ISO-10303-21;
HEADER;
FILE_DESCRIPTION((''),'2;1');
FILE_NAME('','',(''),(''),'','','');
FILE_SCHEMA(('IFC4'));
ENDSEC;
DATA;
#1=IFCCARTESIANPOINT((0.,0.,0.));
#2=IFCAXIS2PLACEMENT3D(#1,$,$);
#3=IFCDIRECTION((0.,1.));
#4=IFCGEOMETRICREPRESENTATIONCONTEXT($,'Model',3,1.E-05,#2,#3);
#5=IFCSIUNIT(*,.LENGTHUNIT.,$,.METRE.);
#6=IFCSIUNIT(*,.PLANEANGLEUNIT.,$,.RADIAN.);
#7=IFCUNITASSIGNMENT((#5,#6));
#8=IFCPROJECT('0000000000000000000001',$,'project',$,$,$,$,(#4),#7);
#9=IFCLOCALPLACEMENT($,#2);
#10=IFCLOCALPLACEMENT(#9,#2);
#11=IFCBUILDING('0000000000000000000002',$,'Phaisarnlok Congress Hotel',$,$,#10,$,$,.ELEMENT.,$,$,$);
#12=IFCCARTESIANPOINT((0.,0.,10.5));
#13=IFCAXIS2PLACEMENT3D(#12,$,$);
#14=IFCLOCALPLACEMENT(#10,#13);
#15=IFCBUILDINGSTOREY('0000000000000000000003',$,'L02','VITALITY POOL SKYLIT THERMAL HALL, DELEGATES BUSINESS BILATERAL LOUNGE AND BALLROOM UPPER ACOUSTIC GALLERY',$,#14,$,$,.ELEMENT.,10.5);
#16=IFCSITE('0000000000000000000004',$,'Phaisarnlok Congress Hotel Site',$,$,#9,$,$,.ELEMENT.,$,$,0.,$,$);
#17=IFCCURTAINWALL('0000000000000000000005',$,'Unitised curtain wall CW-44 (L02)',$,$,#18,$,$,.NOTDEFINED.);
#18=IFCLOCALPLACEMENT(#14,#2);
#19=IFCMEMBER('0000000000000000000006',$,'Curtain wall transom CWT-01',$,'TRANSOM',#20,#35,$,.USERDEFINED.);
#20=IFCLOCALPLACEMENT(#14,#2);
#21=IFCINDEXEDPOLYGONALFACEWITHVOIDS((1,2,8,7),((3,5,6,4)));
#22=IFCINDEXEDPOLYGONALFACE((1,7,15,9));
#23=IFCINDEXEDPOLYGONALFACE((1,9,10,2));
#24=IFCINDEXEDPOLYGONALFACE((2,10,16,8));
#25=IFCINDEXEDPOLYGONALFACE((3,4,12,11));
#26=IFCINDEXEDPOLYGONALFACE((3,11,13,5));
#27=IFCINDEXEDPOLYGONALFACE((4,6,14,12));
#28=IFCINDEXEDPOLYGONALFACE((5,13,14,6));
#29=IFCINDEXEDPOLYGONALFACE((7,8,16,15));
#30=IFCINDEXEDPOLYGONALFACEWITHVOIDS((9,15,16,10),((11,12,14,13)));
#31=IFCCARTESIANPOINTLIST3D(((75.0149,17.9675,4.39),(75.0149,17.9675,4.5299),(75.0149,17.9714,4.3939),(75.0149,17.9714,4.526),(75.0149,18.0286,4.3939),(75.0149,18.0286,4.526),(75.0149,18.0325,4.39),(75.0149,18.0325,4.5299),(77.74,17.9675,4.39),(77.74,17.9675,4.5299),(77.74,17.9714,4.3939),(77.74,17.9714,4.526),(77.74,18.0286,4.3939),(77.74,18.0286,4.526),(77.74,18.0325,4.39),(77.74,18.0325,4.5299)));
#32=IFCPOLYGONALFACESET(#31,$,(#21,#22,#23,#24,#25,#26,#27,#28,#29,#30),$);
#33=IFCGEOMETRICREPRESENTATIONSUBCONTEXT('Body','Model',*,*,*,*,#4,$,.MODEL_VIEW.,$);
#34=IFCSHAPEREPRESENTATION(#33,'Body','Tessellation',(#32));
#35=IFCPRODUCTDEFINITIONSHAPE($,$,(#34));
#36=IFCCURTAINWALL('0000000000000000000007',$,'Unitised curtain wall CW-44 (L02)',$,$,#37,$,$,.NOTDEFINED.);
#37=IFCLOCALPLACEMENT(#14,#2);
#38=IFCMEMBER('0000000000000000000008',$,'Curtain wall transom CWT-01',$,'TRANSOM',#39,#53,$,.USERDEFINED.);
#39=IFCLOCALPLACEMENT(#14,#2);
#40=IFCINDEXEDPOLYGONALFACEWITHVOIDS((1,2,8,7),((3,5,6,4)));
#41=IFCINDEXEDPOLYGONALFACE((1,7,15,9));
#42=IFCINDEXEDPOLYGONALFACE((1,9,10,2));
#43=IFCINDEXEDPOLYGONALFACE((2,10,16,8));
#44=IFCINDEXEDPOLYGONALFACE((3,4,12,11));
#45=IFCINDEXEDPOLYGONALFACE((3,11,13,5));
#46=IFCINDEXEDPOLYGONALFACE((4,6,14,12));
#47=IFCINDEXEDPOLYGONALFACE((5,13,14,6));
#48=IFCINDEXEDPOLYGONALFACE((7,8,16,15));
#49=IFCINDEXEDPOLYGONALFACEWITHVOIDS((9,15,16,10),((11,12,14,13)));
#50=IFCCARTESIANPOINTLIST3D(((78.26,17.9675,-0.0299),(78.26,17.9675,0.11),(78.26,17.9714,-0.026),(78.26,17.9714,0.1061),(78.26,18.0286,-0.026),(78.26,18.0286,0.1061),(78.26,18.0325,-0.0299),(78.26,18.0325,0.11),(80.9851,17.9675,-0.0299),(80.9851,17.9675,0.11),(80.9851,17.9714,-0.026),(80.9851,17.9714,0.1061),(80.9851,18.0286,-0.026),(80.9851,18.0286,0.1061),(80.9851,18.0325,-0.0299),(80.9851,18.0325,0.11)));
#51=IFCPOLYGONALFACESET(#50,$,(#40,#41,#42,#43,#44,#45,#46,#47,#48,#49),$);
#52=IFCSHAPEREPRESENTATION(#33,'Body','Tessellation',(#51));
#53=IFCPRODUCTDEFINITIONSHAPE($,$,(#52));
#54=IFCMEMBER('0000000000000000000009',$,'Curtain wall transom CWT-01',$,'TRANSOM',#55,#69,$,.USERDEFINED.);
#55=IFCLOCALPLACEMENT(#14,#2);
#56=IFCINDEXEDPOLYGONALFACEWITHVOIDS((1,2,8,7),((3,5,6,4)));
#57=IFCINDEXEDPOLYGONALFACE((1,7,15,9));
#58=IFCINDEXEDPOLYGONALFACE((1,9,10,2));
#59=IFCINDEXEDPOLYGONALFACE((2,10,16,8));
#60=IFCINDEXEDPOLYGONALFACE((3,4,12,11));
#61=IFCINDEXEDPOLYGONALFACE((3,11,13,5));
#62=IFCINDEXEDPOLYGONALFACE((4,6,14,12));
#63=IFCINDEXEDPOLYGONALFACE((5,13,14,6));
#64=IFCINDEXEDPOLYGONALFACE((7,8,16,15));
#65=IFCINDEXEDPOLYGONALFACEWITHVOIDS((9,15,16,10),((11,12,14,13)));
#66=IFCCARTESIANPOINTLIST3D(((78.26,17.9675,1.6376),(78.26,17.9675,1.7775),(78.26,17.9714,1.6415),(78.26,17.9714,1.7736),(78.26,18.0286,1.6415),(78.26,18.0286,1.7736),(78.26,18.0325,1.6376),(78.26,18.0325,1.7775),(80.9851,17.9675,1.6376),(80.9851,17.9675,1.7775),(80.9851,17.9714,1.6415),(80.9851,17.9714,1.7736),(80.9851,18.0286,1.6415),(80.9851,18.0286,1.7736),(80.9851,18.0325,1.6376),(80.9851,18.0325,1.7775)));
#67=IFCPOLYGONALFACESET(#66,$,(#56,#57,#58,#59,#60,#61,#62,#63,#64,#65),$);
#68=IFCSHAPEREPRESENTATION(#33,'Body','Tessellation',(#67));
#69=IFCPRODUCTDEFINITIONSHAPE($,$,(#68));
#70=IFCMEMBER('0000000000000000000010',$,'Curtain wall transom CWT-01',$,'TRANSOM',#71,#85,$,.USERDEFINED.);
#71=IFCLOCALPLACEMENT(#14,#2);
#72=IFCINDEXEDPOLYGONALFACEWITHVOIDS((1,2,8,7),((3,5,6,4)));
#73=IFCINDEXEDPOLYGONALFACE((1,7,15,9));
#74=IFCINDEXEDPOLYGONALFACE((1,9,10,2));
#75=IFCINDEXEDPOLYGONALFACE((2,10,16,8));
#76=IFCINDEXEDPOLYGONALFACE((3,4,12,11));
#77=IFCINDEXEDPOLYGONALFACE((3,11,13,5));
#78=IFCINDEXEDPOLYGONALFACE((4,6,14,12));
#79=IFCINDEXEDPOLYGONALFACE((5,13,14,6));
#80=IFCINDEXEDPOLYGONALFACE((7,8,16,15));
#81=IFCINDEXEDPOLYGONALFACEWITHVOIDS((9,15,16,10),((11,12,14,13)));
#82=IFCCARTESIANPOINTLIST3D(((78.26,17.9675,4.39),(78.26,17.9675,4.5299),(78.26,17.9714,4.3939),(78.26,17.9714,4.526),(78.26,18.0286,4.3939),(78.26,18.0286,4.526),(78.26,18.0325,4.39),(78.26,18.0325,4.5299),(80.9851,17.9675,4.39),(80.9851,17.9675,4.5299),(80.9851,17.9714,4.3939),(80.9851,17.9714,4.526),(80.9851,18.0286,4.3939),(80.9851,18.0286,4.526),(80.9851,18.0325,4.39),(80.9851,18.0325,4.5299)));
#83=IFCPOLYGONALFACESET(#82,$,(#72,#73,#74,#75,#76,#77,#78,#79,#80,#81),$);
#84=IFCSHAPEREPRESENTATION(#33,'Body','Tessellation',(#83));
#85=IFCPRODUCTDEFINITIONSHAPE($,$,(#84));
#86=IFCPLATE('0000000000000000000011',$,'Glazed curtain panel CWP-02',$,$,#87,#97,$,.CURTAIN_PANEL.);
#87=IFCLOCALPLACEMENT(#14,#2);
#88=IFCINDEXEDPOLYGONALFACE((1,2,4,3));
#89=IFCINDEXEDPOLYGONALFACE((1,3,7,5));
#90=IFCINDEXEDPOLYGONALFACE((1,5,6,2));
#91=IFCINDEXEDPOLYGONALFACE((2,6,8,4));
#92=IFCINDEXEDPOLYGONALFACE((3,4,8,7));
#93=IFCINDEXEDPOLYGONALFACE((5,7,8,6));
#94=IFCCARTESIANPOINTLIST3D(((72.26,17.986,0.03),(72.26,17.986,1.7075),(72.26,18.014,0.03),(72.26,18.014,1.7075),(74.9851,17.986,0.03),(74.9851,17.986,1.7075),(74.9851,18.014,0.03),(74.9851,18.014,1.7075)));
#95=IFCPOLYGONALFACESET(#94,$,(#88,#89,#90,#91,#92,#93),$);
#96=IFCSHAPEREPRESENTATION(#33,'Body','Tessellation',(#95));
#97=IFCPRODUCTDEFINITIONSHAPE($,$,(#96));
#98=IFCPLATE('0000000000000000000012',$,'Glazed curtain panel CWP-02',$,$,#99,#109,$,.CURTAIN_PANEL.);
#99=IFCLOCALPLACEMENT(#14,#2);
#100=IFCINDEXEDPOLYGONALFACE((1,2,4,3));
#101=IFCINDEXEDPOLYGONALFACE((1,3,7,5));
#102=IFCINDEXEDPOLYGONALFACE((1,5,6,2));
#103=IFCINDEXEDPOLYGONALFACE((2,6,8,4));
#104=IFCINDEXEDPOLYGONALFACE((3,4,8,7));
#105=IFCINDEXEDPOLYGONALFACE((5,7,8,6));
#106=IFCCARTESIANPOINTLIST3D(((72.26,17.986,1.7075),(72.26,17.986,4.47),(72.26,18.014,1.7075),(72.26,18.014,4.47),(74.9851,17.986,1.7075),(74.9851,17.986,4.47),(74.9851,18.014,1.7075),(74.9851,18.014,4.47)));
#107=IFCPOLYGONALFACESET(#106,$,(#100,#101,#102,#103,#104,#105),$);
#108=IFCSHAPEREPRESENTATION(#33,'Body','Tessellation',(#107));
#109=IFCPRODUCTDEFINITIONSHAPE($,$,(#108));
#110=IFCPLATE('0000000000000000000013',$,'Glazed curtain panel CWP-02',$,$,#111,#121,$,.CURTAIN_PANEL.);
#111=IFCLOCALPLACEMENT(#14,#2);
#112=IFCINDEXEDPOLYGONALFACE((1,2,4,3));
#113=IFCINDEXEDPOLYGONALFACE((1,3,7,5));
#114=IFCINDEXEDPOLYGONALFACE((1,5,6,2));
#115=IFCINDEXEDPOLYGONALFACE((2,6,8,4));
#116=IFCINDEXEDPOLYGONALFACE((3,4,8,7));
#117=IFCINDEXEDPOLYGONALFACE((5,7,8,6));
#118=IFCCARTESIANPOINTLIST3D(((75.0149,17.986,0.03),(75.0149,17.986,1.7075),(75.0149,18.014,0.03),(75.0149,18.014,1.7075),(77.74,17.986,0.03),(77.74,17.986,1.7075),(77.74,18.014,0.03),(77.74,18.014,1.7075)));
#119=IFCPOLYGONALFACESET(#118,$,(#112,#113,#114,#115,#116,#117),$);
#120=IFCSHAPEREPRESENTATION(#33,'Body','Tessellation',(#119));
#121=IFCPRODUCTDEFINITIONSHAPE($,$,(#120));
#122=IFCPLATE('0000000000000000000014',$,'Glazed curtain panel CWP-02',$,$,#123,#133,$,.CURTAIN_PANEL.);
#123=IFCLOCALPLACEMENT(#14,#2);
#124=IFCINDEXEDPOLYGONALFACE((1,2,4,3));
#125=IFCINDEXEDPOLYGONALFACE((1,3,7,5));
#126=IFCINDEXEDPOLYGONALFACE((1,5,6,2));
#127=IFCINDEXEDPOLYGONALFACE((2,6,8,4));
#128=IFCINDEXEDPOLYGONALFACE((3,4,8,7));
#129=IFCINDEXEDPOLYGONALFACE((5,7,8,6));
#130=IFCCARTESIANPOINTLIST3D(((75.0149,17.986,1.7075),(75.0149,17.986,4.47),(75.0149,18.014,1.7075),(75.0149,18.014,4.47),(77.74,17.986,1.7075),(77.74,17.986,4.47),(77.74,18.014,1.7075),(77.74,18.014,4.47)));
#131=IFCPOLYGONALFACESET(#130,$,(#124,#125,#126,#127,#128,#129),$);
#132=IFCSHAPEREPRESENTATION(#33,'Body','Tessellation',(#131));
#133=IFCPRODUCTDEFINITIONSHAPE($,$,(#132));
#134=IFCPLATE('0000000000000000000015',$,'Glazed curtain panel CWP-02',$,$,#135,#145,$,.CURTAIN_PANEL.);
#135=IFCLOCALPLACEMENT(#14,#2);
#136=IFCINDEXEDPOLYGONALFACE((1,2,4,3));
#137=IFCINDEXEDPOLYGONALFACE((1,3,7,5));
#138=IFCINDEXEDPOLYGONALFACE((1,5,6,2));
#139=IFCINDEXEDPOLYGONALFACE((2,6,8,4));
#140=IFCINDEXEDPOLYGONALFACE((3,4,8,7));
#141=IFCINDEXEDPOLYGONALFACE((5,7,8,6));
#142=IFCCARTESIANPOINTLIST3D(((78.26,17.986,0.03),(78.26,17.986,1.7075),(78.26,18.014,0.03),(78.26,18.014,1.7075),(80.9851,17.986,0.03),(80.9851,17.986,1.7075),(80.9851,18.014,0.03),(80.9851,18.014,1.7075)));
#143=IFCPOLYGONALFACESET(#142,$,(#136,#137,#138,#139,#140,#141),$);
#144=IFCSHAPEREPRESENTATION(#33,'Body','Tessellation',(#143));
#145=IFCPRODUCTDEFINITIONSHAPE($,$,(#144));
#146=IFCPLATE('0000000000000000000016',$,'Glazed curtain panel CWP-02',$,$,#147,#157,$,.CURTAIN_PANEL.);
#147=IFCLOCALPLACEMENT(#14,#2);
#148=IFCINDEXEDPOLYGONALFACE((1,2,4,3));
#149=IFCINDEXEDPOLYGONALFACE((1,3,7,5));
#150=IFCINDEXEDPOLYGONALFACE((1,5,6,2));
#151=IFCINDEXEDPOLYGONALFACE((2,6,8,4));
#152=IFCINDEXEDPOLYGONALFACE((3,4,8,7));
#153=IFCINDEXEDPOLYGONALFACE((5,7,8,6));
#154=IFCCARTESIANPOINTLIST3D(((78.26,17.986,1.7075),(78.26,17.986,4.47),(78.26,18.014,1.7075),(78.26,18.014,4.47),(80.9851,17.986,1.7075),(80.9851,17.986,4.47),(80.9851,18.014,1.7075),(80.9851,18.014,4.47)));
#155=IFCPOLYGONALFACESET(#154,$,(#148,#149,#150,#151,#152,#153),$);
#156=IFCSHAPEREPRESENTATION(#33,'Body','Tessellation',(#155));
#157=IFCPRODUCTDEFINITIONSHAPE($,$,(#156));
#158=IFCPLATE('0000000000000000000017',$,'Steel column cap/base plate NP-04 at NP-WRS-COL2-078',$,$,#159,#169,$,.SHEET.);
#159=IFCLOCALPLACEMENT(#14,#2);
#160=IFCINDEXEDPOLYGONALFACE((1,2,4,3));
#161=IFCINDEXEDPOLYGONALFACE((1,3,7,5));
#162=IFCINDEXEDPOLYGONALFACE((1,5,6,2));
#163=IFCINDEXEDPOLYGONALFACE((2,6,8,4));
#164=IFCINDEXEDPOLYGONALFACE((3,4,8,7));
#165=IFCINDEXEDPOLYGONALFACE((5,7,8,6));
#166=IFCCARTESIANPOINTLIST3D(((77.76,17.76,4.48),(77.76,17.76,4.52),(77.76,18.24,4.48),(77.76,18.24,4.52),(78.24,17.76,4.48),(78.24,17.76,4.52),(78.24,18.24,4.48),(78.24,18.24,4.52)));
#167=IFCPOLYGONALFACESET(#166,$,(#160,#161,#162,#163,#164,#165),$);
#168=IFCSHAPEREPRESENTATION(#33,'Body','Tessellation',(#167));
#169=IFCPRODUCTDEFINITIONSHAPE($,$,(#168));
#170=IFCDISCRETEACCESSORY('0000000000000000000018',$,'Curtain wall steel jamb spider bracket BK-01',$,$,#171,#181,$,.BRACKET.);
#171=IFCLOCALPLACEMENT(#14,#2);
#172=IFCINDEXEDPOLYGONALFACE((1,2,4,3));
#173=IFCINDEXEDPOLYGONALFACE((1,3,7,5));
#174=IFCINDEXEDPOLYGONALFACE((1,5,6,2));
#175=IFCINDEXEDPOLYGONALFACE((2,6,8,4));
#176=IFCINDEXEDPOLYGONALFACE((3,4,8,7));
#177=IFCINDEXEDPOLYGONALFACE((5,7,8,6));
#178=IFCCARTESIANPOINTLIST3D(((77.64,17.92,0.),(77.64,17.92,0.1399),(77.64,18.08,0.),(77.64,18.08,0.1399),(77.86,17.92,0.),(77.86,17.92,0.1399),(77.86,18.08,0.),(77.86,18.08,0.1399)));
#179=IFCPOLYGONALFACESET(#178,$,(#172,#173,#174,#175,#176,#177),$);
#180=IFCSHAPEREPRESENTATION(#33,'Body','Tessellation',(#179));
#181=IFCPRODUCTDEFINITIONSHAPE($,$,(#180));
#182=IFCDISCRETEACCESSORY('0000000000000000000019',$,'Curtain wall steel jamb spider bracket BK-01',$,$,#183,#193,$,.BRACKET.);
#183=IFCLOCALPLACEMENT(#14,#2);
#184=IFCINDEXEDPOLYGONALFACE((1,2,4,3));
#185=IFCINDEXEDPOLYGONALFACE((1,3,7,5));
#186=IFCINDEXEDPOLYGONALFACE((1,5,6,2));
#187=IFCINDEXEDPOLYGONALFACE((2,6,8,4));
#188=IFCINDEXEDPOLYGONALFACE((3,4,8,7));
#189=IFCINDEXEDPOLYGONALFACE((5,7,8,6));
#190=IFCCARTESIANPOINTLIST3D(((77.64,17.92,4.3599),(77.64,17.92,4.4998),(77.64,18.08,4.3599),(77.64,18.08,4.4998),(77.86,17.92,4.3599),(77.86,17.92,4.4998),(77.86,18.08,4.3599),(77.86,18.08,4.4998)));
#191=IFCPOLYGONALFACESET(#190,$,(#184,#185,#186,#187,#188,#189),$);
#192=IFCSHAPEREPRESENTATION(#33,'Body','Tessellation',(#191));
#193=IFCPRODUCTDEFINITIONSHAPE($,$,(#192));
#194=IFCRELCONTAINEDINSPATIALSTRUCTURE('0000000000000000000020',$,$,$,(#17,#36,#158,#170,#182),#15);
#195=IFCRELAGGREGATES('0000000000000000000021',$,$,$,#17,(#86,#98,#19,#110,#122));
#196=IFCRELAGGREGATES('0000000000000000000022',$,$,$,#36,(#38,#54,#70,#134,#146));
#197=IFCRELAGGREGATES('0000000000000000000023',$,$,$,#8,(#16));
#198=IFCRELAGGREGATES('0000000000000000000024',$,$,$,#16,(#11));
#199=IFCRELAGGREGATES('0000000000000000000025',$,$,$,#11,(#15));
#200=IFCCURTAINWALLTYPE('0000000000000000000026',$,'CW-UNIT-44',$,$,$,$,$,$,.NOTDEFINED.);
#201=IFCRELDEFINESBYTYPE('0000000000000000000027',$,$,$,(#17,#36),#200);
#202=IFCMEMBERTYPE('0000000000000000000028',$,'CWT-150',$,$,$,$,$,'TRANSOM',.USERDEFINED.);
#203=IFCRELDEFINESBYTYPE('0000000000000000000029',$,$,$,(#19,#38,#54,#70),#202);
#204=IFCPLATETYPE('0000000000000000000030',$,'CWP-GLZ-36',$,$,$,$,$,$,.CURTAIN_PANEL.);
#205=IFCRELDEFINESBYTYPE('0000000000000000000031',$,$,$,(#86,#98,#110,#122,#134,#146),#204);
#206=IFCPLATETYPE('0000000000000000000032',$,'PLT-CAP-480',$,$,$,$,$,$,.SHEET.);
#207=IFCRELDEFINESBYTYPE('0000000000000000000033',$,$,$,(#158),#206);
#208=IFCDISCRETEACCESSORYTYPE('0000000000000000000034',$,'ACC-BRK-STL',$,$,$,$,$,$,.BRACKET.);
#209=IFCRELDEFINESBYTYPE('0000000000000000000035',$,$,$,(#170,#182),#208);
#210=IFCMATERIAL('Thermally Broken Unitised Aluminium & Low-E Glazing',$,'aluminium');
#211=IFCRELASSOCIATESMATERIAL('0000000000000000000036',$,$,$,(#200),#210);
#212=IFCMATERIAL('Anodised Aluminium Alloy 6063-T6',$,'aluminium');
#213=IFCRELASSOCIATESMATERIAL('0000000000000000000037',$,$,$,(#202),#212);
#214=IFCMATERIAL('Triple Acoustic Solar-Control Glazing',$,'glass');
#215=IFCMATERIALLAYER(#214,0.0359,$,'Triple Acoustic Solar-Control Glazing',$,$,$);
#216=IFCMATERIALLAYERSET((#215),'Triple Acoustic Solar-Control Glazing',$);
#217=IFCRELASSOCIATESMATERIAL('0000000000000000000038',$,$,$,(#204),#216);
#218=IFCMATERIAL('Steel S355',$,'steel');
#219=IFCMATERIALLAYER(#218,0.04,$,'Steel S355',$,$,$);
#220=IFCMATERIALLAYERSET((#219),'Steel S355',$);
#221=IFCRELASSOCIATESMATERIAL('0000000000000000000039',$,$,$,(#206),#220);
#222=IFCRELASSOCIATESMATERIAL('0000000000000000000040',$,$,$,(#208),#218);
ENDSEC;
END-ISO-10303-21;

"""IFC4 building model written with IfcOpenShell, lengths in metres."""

from ifc_helpers import new_model, si_unit, direction, frame, frame_2d, origin, origin_2d, place, context, subcontext, project, spatial, rectangle, hollow_rectangle, extrude, material, layer, layer_set, material_profile, profile_set, type_object, element, aggregate, save


model = new_model("IFC4")

# Units and contexts
model_context = context("Model", 3, precision=1e-05, world=origin(), true_north=direction((0.0, 1.0)))
body_context = subcontext(model_context, "Body", "Model", "MODEL_VIEW")
ifc_project = project(units=[si_unit("LENGTHUNIT", "METRE"), si_unit("PLANEANGLEUNIT", "RADIAN")], contexts=[model_context])

# Site, building, storey
site_placement = place(None, origin())
site = spatial("IfcSite", under=ifc_project, at=site_placement, Name="Phaisarnlok Congress Hotel Site", CompositionType="ELEMENT", RefElevation=0.0)
building_placement = place(site_placement, origin())
building = spatial("IfcBuilding", under=site, at=building_placement, Name="Phaisarnlok Congress Hotel", CompositionType="ELEMENT")
storey_placement = place(building_placement, frame((0.0, 0.0, 10.5)))
storey = spatial("IfcBuildingStorey", under=building, at=storey_placement, Name="L02", Description="VITALITY POOL SKYLIT THERMAL HALL, DELEGATES BUSINESS BILATERAL LOUNGE AND BALLROOM UPPER ACOUSTIC GALLERY", CompositionType="ELEMENT", Elevation=10.5)

# Shared definitions
ifc_material_1 = material(Name="Steel S355", Category="steel")

# Curtain walls, members
ifc_material_2 = material(Name="Thermally Broken Unitised Aluminium & Low-E Glazing", Category="aluminium")
curtain_wall_type = type_object("IfcCurtainWallType", Name="CW-UNIT-44", PredefinedType="NOTDEFINED", material=ifc_material_2)
curtain_wall_1_placement = place(storey_placement, origin())
curtain_wall_1 = element("IfcCurtainWall", 1, at=curtain_wall_1_placement, inside=storey, type_object=curtain_wall_type, Name="Unitised curtain wall CW-44 (L02)", PredefinedType="NOTDEFINED")
ifc_material_3 = material(Name="Anodised Aluminium Alloy 6063-T6", Category="aluminium")
ifc_material_profile_1 = material_profile(ifc_material_3, hollow_rectangle(XDim=0.0649, YDim=0.1399, WallThickness=0.0039, at=origin_2d()), Name="ALU-T 65x140x4")
ifc_profile_set_1 = profile_set([ifc_material_profile_1], Name="Anodised Aluminium Alloy 6063-T6")
member_type_1 = type_object("IfcMemberType", Name="CWT-150", ElementType="TRANSOM", PredefinedType="USERDEFINED", material=ifc_profile_set_1)
member_1_placement = place(storey_placement, frame((75.0149, 18.0, 4.46), z_axis=(1.0, 0.0, 0.0), x_axis=(0.0, 1.0, 0.0)))
member_1 = element("IfcMember", 2, at=member_1_placement, type_object=member_type_1, Name="Curtain wall transom CWT-01", ObjectType="TRANSOM", PredefinedType="USERDEFINED", context=body_context, shape_type="SweptSolid", body=[
    extrude(hollow_rectangle(XDim=0.0649, YDim=0.1399, WallThickness=0.0039, at=origin_2d()), origin(), (0.0, 0.0, 1.0), 2.7251),
])
curtain_wall_2_placement = place(storey_placement, origin())
curtain_wall_2 = element("IfcCurtainWall", 3, at=curtain_wall_2_placement, inside=storey, type_object=curtain_wall_type, Name="Unitised curtain wall CW-44 (L02)", PredefinedType="NOTDEFINED")
member_2_placement = place(storey_placement, frame((78.26, 18.0, 0.04), z_axis=(1.0, 0.0, 0.0), x_axis=(0.0, 1.0, 0.0)))
member_2 = element("IfcMember", 4, at=member_2_placement, type_object=member_type_1, Name="Curtain wall transom CWT-01", ObjectType="TRANSOM", PredefinedType="USERDEFINED", context=body_context, shape_type="SweptSolid", body=[
    extrude(hollow_rectangle(XDim=0.0649, YDim=0.1399, WallThickness=0.0039, at=origin_2d()), origin(), (0.0, 0.0, 1.0), 2.7251),
])
member_3_placement = place(storey_placement, frame((78.26, 18.0, 1.7075), z_axis=(1.0, 0.0, 0.0), x_axis=(0.0, 1.0, 0.0)))
member_3 = element("IfcMember", 5, at=member_3_placement, type_object=member_type_1, Name="Curtain wall transom CWT-01", ObjectType="TRANSOM", PredefinedType="USERDEFINED", context=body_context, shape_type="SweptSolid", body=[
    extrude(hollow_rectangle(XDim=0.0649, YDim=0.1399, WallThickness=0.0039, at=origin_2d()), origin(), (0.0, 0.0, 1.0), 2.7251),
])
member_4_placement = place(storey_placement, frame((78.26, 18.0, 4.46), z_axis=(1.0, 0.0, 0.0), x_axis=(0.0, 1.0, 0.0)))
member_4 = element("IfcMember", 6, at=member_4_placement, type_object=member_type_1, Name="Curtain wall transom CWT-01", ObjectType="TRANSOM", PredefinedType="USERDEFINED", context=body_context, shape_type="SweptSolid", body=[
    extrude(hollow_rectangle(XDim=0.0649, YDim=0.1399, WallThickness=0.0039, at=origin_2d()), origin(), (0.0, 0.0, 1.0), 2.7251),
])

# Plates
ifc_material_4 = material(Name="Triple Acoustic Solar-Control Glazing", Category="glass")
ifc_layer_1 = layer(ifc_material_4, 0.0359, Name="Triple Acoustic Solar-Control Glazing")
ifc_layer_set_1 = layer_set([ifc_layer_1], Name="Triple Acoustic Solar-Control Glazing")
plate_type_1 = type_object("IfcPlateType", Name="CWP-GLZ-36", PredefinedType="CURTAIN_PANEL", material=ifc_layer_set_1)
plate_1_placement = place(storey_placement, frame((72.26, 18.0, 0.03), z_axis=(0.0, 0.0, 1.0), x_axis=(1.0, 0.0, 0.0)))
plate_1 = element("IfcPlate", 7, at=plate_1_placement, type_object=plate_type_1, Name="Glazed curtain panel CWP-02", PredefinedType="CURTAIN_PANEL", context=body_context, shape_type="SweptSolid", body=[
    extrude(rectangle(XDim=2.7251, YDim=0.0281, at=frame_2d((1.3625, 0.0))), origin(), (0.0, 0.0, 1.0), 1.6775),
])
plate_2_placement = place(storey_placement, frame((72.26, 18.0, 1.7075), z_axis=(0.0, 0.0, 1.0), x_axis=(1.0, 0.0, 0.0)))
plate_2 = element("IfcPlate", 8, at=plate_2_placement, type_object=plate_type_1, Name="Glazed curtain panel CWP-02", PredefinedType="CURTAIN_PANEL", context=body_context, shape_type="SweptSolid", body=[
    extrude(rectangle(XDim=2.7251, YDim=0.0281, at=frame_2d((1.3625, 0.0))), origin(), (0.0, 0.0, 1.0), 2.7625),
])
plate_3_placement = place(storey_placement, frame((75.0149, 18.0, 0.03), z_axis=(0.0, 0.0, 1.0), x_axis=(1.0, 0.0, 0.0)))
plate_3 = element("IfcPlate", 9, at=plate_3_placement, type_object=plate_type_1, Name="Glazed curtain panel CWP-02", PredefinedType="CURTAIN_PANEL", context=body_context, shape_type="SweptSolid", body=[
    extrude(rectangle(XDim=2.7251, YDim=0.0281, at=frame_2d((1.3625, 0.0))), origin(), (0.0, 0.0, 1.0), 1.6775),
])
plate_4_placement = place(storey_placement, frame((75.0149, 18.0, 1.7075), z_axis=(0.0, 0.0, 1.0), x_axis=(1.0, 0.0, 0.0)))
plate_4 = element("IfcPlate", 10, at=plate_4_placement, type_object=plate_type_1, Name="Glazed curtain panel CWP-02", PredefinedType="CURTAIN_PANEL", context=body_context, shape_type="SweptSolid", body=[
    extrude(rectangle(XDim=2.7251, YDim=0.0281, at=frame_2d((1.3625, 0.0))), origin(), (0.0, 0.0, 1.0), 2.7625),
])
aggregate(curtain_wall_1, [plate_1, plate_2, member_1, plate_3, plate_4])
plate_5_placement = place(storey_placement, frame((78.26, 18.0, 0.03), z_axis=(0.0, 0.0, 1.0), x_axis=(1.0, 0.0, 0.0)))
plate_5 = element("IfcPlate", 11, at=plate_5_placement, type_object=plate_type_1, Name="Glazed curtain panel CWP-02", PredefinedType="CURTAIN_PANEL", context=body_context, shape_type="SweptSolid", body=[
    extrude(rectangle(XDim=2.7251, YDim=0.0281, at=frame_2d((1.3625, 0.0))), origin(), (0.0, 0.0, 1.0), 1.6775),
])
plate_6_placement = place(storey_placement, frame((78.26, 18.0, 1.7075), z_axis=(0.0, 0.0, 1.0), x_axis=(1.0, 0.0, 0.0)))
plate_6 = element("IfcPlate", 12, at=plate_6_placement, type_object=plate_type_1, Name="Glazed curtain panel CWP-02", PredefinedType="CURTAIN_PANEL", context=body_context, shape_type="SweptSolid", body=[
    extrude(rectangle(XDim=2.7251, YDim=0.0281, at=frame_2d((1.3625, 0.0))), origin(), (0.0, 0.0, 1.0), 2.7625),
])
aggregate(curtain_wall_2, [member_2, member_3, member_4, plate_5, plate_6])
ifc_layer_2 = layer(ifc_material_1, 0.04, Name="Steel S355")
ifc_layer_set_2 = layer_set([ifc_layer_2], Name="Steel S355")
plate_type_2 = type_object("IfcPlateType", Name="PLT-CAP-480", PredefinedType="SHEET", material=ifc_layer_set_2)
plate_7_placement = place(storey_placement, frame((78.0, 18.0, 4.48), z_axis=(0.0, 0.0, 1.0), x_axis=(1.0, 0.0, 0.0)))
element("IfcPlate", 13, at=plate_7_placement, inside=storey, type_object=plate_type_2, Name="Steel column cap/base plate NP-04 at NP-WRS-COL2-078", PredefinedType="SHEET", context=body_context, shape_type="SweptSolid", body=[
    extrude(rectangle(XDim=0.48, YDim=0.48, at=origin_2d()), origin(), (0.0, 0.0, 1.0), 0.04),
])

# Discrete accessories
discrete_accessory_type = type_object("IfcDiscreteAccessoryType", Name="ACC-BRK-STL", PredefinedType="BRACKET", material=ifc_material_1)
for number, where, z_axis, x_axis, name in (
    (14, (77.75, 18.0, 0.0), (0.0, 0.0, 1.0), (1.0, 0.0, 0.0), "Curtain wall steel jamb spider bracket BK-01"),
    (15, (77.75, 18.0, 4.3599), (0.0, 0.0, 1.0), (1.0, 0.0, 0.0), "Curtain wall steel jamb spider bracket BK-01"),
):
    element("IfcDiscreteAccessory", number, at=place(storey_placement, frame(where, z_axis=z_axis, x_axis=x_axis)), inside=storey, type_object=discrete_accessory_type, Name=name, PredefinedType="BRACKET", context=body_context, shape_type="SweptSolid", body=[
        extrude(rectangle(XDim=0.22, YDim=0.1599, at=origin_2d()), origin(), (0.0, 0.0, 1.0), 0.1399),
    ])

save(model, "model.ifc")
